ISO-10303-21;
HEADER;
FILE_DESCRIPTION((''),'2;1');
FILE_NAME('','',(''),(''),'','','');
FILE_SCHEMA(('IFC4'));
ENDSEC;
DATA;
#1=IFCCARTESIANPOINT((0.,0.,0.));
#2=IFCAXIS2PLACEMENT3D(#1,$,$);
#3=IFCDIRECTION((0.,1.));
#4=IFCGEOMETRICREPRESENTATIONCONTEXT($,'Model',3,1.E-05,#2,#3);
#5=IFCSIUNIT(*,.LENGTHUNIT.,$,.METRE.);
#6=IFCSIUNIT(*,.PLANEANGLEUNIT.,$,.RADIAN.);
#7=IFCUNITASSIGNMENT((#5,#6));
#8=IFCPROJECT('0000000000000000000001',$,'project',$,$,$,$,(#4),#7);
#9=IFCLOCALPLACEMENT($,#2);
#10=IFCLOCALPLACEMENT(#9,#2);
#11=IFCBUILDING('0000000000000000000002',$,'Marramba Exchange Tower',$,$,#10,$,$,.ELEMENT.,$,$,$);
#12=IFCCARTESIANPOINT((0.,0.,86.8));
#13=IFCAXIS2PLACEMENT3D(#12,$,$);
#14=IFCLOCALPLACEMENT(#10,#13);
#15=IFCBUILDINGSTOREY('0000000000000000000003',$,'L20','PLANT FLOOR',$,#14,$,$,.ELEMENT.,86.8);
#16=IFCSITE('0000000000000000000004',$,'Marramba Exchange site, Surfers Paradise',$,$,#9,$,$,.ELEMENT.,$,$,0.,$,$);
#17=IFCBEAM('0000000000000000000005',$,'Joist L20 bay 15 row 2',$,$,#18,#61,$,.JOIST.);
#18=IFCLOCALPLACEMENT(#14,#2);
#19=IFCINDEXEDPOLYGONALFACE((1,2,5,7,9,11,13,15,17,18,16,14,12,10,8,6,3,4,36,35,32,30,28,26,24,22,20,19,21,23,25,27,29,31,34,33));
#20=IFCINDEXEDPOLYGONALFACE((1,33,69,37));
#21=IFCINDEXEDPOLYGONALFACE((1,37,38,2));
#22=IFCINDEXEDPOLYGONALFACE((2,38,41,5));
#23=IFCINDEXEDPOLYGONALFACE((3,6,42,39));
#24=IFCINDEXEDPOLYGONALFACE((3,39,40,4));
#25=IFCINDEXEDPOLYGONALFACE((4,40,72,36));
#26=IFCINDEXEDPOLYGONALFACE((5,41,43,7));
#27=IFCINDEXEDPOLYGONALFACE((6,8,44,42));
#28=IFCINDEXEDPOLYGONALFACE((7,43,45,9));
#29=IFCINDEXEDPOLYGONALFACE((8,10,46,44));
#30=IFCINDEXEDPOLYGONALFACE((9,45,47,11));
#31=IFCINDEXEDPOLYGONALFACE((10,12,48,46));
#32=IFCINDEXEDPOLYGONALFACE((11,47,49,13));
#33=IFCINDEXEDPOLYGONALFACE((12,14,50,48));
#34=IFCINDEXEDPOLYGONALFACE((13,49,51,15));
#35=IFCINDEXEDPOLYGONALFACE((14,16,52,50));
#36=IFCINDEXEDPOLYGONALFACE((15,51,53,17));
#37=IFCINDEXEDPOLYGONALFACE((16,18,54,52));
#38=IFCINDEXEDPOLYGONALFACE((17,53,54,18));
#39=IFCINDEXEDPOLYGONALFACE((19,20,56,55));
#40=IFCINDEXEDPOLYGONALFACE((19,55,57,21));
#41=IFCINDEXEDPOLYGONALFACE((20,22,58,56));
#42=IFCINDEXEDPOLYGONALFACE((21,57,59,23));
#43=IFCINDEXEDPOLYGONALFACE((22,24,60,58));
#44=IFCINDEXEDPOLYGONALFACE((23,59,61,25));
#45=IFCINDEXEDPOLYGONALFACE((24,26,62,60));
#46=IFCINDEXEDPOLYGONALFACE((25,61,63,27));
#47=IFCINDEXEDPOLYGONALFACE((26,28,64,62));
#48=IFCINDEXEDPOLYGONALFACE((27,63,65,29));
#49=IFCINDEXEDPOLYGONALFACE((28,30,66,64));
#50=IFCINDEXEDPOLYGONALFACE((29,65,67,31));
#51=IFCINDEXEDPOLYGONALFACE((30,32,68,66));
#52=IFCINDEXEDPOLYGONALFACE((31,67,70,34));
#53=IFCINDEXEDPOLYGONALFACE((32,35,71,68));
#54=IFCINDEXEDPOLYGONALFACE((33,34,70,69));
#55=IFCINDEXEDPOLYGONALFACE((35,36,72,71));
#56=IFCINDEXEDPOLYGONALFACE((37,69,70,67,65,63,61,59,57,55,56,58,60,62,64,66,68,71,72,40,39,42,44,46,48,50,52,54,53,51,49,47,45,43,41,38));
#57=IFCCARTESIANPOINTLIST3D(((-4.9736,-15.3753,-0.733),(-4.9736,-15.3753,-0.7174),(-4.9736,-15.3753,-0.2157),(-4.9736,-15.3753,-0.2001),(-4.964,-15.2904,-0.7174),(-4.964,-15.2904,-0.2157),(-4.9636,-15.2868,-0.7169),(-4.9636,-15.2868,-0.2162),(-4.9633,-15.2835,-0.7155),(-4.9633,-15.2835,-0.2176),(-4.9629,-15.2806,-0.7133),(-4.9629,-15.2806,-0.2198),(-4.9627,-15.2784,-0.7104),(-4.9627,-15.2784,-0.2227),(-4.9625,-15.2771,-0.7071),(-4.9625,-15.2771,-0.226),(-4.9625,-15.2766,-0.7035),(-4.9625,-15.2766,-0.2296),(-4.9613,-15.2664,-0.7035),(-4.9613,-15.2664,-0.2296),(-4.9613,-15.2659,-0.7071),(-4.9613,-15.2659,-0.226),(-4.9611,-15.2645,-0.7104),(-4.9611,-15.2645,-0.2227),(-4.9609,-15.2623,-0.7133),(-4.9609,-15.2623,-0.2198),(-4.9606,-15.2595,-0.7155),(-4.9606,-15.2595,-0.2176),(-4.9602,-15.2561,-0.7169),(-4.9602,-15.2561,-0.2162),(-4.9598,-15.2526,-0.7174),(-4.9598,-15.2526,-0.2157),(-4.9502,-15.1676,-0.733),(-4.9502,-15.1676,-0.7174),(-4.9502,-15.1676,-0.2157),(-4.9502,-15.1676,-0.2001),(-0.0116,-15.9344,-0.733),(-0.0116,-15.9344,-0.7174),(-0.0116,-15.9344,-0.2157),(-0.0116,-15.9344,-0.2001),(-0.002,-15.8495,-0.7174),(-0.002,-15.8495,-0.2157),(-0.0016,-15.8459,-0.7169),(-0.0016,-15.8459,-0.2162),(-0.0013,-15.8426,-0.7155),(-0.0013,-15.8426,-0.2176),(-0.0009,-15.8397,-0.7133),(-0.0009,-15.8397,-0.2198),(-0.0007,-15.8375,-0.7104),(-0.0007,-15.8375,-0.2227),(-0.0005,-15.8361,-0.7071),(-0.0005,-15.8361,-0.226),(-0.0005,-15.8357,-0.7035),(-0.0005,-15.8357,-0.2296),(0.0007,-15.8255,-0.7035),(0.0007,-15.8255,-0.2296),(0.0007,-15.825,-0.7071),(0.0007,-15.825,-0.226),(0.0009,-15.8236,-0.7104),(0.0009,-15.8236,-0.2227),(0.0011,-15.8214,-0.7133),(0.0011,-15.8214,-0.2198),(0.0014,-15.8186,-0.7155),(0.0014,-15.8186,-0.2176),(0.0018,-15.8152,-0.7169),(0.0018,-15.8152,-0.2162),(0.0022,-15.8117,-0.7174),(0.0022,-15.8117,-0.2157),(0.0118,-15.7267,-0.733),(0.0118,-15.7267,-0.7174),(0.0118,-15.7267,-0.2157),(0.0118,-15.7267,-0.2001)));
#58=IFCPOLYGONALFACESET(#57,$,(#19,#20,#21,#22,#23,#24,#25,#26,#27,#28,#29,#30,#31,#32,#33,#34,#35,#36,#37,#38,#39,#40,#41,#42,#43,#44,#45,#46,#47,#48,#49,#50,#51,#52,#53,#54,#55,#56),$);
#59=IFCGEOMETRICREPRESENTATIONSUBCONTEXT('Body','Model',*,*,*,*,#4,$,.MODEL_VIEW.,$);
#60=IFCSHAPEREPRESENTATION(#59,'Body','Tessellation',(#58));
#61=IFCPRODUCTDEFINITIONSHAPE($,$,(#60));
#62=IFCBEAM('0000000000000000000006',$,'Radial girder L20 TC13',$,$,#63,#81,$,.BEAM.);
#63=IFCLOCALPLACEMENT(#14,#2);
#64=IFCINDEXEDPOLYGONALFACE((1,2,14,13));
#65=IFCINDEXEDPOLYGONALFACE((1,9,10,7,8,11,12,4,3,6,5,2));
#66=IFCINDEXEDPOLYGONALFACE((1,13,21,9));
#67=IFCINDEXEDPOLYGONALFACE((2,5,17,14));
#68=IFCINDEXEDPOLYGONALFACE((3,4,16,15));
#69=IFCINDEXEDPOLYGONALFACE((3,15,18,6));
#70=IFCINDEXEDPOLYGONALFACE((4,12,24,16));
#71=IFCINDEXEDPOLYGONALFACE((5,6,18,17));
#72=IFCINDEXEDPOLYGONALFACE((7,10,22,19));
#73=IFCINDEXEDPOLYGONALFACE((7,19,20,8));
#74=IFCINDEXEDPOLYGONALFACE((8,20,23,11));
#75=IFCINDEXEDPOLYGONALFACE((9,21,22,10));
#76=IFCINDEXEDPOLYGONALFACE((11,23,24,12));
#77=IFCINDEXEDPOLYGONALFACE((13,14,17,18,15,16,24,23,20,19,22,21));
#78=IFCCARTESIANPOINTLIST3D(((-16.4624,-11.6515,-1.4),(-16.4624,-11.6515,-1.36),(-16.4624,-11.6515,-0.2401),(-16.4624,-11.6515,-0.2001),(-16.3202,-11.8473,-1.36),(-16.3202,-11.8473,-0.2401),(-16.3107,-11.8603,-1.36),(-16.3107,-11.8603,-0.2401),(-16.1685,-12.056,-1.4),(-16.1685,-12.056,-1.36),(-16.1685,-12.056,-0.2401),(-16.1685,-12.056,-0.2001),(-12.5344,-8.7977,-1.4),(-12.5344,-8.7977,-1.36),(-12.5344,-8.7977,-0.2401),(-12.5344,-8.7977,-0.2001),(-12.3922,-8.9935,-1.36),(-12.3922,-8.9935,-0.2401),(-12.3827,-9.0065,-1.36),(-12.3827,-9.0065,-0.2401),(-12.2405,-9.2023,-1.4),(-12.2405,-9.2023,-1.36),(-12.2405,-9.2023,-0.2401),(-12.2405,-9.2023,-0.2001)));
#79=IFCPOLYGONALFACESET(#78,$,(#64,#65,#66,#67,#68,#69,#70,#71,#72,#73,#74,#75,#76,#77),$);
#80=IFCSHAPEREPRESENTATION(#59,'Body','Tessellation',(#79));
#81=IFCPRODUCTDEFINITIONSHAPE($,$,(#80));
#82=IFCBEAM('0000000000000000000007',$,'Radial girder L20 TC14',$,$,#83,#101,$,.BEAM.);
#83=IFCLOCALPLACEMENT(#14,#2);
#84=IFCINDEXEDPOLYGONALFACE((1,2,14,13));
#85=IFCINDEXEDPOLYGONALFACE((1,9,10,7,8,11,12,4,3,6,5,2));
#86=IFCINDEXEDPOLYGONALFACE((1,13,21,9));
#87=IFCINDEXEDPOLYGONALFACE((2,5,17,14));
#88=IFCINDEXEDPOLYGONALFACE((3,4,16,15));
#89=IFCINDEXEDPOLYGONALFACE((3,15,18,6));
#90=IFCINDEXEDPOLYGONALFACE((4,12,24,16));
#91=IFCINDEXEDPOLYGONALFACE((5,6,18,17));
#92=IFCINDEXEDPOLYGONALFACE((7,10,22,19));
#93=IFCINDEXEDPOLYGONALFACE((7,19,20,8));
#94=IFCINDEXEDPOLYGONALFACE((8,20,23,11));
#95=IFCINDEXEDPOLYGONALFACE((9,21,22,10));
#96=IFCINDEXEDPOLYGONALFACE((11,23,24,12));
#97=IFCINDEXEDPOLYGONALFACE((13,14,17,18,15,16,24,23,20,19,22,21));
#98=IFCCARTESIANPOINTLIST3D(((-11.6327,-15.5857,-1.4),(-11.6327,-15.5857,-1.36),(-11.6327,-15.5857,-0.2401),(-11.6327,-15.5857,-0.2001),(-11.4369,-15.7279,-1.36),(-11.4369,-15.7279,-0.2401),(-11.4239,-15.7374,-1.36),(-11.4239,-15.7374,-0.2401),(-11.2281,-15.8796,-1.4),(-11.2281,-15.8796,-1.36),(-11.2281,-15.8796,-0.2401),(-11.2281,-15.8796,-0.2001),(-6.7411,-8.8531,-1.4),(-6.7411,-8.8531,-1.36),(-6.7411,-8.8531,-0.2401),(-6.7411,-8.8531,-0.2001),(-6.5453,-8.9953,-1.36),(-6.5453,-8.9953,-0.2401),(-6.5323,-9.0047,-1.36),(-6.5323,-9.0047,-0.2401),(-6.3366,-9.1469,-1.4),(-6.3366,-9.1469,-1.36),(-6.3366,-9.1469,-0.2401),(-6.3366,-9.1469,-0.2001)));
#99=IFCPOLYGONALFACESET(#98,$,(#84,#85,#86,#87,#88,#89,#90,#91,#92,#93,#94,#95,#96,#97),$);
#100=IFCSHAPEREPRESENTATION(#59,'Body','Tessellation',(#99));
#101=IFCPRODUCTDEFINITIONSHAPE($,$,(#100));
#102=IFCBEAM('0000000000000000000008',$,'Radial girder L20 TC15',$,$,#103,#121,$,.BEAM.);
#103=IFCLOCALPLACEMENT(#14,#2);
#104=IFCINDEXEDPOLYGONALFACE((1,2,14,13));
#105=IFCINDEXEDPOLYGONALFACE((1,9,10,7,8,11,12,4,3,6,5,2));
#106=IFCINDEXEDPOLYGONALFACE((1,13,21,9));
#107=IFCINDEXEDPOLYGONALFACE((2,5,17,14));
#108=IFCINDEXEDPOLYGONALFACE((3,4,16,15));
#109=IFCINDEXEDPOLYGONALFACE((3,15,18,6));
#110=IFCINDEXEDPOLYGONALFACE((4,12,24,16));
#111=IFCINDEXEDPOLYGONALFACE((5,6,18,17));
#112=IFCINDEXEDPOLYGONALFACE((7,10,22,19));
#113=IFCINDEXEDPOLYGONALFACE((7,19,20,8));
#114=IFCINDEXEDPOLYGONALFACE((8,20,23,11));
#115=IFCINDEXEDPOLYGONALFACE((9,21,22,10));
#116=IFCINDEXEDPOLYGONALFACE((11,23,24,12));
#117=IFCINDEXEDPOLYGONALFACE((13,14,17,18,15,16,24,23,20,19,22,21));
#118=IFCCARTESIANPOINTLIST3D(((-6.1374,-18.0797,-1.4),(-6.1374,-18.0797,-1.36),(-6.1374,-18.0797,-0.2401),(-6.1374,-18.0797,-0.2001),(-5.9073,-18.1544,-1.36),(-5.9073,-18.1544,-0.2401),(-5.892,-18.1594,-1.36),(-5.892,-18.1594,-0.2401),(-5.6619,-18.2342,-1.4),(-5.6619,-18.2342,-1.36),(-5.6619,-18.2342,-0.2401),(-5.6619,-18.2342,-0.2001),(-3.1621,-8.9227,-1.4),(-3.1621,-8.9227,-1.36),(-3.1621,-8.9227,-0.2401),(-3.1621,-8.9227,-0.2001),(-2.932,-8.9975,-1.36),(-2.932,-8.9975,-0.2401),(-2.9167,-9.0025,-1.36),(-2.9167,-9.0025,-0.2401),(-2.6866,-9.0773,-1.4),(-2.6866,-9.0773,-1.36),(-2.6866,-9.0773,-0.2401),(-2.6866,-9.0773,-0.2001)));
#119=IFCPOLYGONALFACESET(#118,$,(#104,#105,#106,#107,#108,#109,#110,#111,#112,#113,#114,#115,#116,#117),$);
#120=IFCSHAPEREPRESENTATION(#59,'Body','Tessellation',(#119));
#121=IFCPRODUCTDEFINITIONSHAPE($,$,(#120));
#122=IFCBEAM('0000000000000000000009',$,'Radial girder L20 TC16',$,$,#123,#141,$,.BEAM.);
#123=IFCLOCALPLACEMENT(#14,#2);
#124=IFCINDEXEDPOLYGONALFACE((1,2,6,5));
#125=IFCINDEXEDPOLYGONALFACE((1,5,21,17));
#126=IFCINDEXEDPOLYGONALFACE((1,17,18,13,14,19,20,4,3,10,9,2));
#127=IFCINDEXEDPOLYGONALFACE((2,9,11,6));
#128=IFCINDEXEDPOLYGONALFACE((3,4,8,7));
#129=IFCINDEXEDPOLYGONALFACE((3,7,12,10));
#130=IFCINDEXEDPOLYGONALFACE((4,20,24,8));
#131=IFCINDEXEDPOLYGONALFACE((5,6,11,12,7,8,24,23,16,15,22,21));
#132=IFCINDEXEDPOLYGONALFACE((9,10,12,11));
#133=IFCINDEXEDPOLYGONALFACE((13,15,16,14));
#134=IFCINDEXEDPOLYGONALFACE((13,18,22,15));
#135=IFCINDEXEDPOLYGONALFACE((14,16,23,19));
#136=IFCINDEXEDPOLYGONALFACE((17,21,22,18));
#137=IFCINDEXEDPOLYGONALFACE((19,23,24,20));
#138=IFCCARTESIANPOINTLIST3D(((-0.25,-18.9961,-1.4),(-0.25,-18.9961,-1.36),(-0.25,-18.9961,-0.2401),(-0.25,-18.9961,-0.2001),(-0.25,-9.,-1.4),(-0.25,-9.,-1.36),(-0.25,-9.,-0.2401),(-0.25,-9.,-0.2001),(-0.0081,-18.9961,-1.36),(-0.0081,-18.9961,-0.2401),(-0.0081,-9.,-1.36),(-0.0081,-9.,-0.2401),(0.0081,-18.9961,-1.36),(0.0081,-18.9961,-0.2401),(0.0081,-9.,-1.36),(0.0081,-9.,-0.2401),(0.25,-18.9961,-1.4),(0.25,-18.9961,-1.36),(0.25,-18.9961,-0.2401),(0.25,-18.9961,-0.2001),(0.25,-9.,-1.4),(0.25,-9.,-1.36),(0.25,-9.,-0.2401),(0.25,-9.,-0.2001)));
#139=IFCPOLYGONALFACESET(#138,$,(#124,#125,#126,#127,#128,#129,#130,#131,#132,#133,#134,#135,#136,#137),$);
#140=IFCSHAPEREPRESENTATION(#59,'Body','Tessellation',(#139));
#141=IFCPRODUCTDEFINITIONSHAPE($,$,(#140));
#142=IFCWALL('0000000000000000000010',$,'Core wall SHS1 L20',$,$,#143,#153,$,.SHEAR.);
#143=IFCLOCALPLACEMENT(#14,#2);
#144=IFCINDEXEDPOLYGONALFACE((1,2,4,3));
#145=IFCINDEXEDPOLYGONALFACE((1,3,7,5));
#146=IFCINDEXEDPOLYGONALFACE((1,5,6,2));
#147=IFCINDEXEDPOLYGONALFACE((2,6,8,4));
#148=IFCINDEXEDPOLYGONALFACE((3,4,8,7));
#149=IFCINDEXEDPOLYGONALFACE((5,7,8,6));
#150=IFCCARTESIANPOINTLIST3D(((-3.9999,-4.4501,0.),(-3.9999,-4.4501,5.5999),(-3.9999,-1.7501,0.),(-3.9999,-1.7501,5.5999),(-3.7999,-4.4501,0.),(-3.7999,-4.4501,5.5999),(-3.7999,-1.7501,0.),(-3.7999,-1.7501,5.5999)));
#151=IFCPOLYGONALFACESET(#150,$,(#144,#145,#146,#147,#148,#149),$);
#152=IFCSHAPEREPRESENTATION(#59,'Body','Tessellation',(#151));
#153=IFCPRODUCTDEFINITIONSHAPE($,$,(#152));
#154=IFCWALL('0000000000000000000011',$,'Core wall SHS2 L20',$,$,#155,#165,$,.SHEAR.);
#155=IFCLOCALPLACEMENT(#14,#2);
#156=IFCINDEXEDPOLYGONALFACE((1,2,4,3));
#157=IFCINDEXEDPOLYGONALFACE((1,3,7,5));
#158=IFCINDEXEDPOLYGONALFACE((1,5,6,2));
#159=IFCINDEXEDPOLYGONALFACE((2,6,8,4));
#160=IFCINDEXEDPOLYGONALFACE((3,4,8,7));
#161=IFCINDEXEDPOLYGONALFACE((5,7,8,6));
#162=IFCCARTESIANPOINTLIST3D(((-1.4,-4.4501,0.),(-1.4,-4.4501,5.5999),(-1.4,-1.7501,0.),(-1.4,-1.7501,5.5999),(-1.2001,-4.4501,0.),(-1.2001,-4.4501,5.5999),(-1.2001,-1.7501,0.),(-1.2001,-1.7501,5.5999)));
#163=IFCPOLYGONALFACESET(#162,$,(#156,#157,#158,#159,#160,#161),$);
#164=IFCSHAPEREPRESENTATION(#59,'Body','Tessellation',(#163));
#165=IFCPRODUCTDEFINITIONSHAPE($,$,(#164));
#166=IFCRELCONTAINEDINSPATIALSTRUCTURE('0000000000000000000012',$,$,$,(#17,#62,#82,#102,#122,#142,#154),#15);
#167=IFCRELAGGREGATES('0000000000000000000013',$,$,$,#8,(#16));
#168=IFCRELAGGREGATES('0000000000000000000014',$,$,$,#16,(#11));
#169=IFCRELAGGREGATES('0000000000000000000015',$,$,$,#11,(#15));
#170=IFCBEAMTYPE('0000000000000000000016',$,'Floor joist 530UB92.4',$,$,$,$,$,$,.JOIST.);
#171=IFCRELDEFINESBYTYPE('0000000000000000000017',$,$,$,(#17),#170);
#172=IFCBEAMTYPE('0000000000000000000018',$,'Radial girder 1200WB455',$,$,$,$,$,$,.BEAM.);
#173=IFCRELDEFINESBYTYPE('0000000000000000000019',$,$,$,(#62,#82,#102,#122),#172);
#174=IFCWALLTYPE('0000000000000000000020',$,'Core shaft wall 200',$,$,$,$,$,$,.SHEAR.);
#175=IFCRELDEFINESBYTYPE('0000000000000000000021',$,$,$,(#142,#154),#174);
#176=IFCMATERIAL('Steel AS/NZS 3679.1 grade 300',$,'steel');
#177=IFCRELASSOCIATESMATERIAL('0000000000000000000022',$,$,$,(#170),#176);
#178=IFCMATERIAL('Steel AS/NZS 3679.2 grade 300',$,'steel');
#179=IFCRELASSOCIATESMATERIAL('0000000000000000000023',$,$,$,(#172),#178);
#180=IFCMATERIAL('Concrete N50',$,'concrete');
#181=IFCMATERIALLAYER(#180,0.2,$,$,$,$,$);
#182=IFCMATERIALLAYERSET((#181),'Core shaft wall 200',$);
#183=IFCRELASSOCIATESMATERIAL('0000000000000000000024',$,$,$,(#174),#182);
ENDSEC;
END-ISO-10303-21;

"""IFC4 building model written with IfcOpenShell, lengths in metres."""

from ifc_helpers import new_model, si_unit, direction, frame, frame_2d, origin, origin_2d, place, context, subcontext, project, spatial, rectangle, i_section, extrude, material, layer, layer_set, material_profile, profile_set, type_object, element, save


model = new_model("IFC4")

# Units and contexts
model_context = context("Model", 3, precision=1e-05, world=origin(), true_north=direction((0.0, 1.0)))
body_context = subcontext(model_context, "Body", "Model", "MODEL_VIEW")
ifc_project = project(units=[si_unit("LENGTHUNIT", "METRE"), si_unit("PLANEANGLEUNIT", "RADIAN")], contexts=[model_context])

# Site, building, storey
site_placement = place(None, origin())
site = spatial("IfcSite", under=ifc_project, at=site_placement, Name="Marramba Exchange site, Surfers Paradise", CompositionType="ELEMENT", RefElevation=0.0)
building_placement = place(site_placement, origin())
building = spatial("IfcBuilding", under=site, at=building_placement, Name="Marramba Exchange Tower", CompositionType="ELEMENT")
storey_placement = place(building_placement, frame((0.0, 0.0, 86.8)))
storey = spatial("IfcBuildingStorey", under=building, at=storey_placement, Name="L20", Description="PLANT FLOOR", CompositionType="ELEMENT", Elevation=86.8)

# Beams
ifc_material_1 = material(Name="Steel AS/NZS 3679.1 grade 300", Category="steel")
ifc_material_profile_1 = material_profile(ifc_material_1, i_section(OverallWidth=0.209, OverallDepth=0.533, WebThickness=0.0103, FlangeThickness=0.0156, FilletRadius=0.0139, at=origin_2d()), Name="530UB92.4")
ifc_profile_set_1 = profile_set([ifc_material_profile_1], Name="Steel AS/NZS 3679.1 grade 300")
beam_type_1 = type_object("IfcBeamType", Name="Floor joist 530UB92.4", PredefinedType="JOIST", material=ifc_profile_set_1)
beam_1_placement = place(storey_placement, frame((-4.9619, -15.2715, -0.4666), z_axis=(0.993712, -0.111966, 0.0), x_axis=(0.111966, 0.993712, 0.0)))
element("IfcBeam", 1, at=beam_1_placement, inside=storey, type_object=beam_type_1, Name="Joist L20 bay 15 row 2", PredefinedType="JOIST", context=body_context, shape_type="SweptSolid", body=[
    extrude(i_section(OverallWidth=0.209, OverallDepth=0.533, WebThickness=0.0103, FlangeThickness=0.0156, FilletRadius=0.0139, at=origin_2d()), origin(), (0.0, 0.0, 1.0), 4.9934),
])
ifc_material_2 = material(Name="Steel AS/NZS 3679.2 grade 300", Category="steel")
ifc_material_profile_2 = material_profile(ifc_material_2, i_section(OverallWidth=0.5, OverallDepth=1.2, WebThickness=0.0161, FlangeThickness=0.04, at=origin_2d()), Name="1200WB455")
ifc_profile_set_2 = profile_set([ifc_material_profile_2], Name="Steel AS/NZS 3679.2 grade 300")
beam_type_2 = type_object("IfcBeamType", Name="Radial girder 1200WB455", PredefinedType="BEAM", material=ifc_profile_set_2)
beam_2_placement = place(storey_placement, frame((-12.3875, -9.0, -0.8), z_axis=(-0.809025, -0.587774, 0.0), x_axis=(0.587774, -0.809025, 0.0)))
element("IfcBeam", 2, at=beam_2_placement, inside=storey, type_object=beam_type_2, Name="Radial girder L20 TC13", PredefinedType="BEAM", context=body_context, shape_type="SweptSolid", body=[
    extrude(i_section(OverallWidth=0.5, OverallDepth=1.2, WebThickness=0.0161, FlangeThickness=0.04, at=origin_2d()), origin(), (0.0, 0.0, 1.0), 4.8552),
])
beam_3_placement = place(storey_placement, frame((-6.5388, -9.0, -0.8), z_axis=(-0.587788, -0.809015, 0.0), x_axis=(0.809015, -0.587788, 0.0)))
element("IfcBeam", 3, at=beam_3_placement, inside=storey, type_object=beam_type_2, Name="Radial girder L20 TC14", PredefinedType="BEAM", context=body_context, shape_type="SweptSolid", body=[
    extrude(i_section(OverallWidth=0.5, OverallDepth=1.2, WebThickness=0.0161, FlangeThickness=0.04, at=origin_2d()), origin(), (0.0, 0.0, 1.0), 8.322),
])
beam_4_placement = place(storey_placement, frame((-2.9243, -9.0, -0.8), z_axis=(-0.309022, -0.951055, 0.0), x_axis=(0.951055, -0.309022, 0.0)))
element("IfcBeam", 4, at=beam_4_placement, inside=storey, type_object=beam_type_2, Name="Radial girder L20 TC15", PredefinedType="BEAM", context=body_context, shape_type="SweptSolid", body=[
    extrude(i_section(OverallWidth=0.5, OverallDepth=1.2, WebThickness=0.0161, FlangeThickness=0.04, at=origin_2d()), origin(), (0.0, 0.0, 1.0), 9.6282),
])
beam_5_placement = place(storey_placement, frame((0.0, -9.0, -0.8), z_axis=(0.0, -1.0, 0.0), x_axis=(1.0, 0.0, 0.0)))
element("IfcBeam", 5, at=beam_5_placement, inside=storey, type_object=beam_type_2, Name="Radial girder L20 TC16", PredefinedType="BEAM", context=body_context, shape_type="SweptSolid", body=[
    extrude(i_section(OverallWidth=0.5, OverallDepth=1.2, WebThickness=0.0161, FlangeThickness=0.04, at=origin_2d()), origin(), (0.0, 0.0, 1.0), 9.9961),
])

# Walls
ifc_material_3 = material(Name="Concrete N50", Category="concrete")
ifc_layer_1 = layer(ifc_material_3, 0.2)
ifc_layer_set_1 = layer_set([ifc_layer_1], Name="Core shaft wall 200")
wall_type_1 = type_object("IfcWallType", Name="Core shaft wall 200", PredefinedType="SHEAR", material=ifc_layer_set_1)
for number, where, z_axis, x_axis, name in (
    (6, (-3.8999, -1.75, 0.0), (0.0, 0.0, 1.0), (0.0, -1.0, 0.0), "Core wall SHS1 L20"),
    (7, (-1.3, -1.75, 0.0), (0.0, 0.0, 1.0), (0.0, -1.0, 0.0), "Core wall SHS2 L20"),
):
    element("IfcWall", number, at=place(storey_placement, frame(where, z_axis=z_axis, x_axis=x_axis)), inside=storey, type_object=wall_type_1, Name=name, PredefinedType="SHEAR", context=body_context, shape_type="SweptSolid", body=[
        extrude(rectangle(XDim=2.7, YDim=0.2, at=frame_2d((1.3501, 0.0))), origin(), (0.0, 0.0, 1.0), 5.5999),
    ])

save(model, "model.ifc")
